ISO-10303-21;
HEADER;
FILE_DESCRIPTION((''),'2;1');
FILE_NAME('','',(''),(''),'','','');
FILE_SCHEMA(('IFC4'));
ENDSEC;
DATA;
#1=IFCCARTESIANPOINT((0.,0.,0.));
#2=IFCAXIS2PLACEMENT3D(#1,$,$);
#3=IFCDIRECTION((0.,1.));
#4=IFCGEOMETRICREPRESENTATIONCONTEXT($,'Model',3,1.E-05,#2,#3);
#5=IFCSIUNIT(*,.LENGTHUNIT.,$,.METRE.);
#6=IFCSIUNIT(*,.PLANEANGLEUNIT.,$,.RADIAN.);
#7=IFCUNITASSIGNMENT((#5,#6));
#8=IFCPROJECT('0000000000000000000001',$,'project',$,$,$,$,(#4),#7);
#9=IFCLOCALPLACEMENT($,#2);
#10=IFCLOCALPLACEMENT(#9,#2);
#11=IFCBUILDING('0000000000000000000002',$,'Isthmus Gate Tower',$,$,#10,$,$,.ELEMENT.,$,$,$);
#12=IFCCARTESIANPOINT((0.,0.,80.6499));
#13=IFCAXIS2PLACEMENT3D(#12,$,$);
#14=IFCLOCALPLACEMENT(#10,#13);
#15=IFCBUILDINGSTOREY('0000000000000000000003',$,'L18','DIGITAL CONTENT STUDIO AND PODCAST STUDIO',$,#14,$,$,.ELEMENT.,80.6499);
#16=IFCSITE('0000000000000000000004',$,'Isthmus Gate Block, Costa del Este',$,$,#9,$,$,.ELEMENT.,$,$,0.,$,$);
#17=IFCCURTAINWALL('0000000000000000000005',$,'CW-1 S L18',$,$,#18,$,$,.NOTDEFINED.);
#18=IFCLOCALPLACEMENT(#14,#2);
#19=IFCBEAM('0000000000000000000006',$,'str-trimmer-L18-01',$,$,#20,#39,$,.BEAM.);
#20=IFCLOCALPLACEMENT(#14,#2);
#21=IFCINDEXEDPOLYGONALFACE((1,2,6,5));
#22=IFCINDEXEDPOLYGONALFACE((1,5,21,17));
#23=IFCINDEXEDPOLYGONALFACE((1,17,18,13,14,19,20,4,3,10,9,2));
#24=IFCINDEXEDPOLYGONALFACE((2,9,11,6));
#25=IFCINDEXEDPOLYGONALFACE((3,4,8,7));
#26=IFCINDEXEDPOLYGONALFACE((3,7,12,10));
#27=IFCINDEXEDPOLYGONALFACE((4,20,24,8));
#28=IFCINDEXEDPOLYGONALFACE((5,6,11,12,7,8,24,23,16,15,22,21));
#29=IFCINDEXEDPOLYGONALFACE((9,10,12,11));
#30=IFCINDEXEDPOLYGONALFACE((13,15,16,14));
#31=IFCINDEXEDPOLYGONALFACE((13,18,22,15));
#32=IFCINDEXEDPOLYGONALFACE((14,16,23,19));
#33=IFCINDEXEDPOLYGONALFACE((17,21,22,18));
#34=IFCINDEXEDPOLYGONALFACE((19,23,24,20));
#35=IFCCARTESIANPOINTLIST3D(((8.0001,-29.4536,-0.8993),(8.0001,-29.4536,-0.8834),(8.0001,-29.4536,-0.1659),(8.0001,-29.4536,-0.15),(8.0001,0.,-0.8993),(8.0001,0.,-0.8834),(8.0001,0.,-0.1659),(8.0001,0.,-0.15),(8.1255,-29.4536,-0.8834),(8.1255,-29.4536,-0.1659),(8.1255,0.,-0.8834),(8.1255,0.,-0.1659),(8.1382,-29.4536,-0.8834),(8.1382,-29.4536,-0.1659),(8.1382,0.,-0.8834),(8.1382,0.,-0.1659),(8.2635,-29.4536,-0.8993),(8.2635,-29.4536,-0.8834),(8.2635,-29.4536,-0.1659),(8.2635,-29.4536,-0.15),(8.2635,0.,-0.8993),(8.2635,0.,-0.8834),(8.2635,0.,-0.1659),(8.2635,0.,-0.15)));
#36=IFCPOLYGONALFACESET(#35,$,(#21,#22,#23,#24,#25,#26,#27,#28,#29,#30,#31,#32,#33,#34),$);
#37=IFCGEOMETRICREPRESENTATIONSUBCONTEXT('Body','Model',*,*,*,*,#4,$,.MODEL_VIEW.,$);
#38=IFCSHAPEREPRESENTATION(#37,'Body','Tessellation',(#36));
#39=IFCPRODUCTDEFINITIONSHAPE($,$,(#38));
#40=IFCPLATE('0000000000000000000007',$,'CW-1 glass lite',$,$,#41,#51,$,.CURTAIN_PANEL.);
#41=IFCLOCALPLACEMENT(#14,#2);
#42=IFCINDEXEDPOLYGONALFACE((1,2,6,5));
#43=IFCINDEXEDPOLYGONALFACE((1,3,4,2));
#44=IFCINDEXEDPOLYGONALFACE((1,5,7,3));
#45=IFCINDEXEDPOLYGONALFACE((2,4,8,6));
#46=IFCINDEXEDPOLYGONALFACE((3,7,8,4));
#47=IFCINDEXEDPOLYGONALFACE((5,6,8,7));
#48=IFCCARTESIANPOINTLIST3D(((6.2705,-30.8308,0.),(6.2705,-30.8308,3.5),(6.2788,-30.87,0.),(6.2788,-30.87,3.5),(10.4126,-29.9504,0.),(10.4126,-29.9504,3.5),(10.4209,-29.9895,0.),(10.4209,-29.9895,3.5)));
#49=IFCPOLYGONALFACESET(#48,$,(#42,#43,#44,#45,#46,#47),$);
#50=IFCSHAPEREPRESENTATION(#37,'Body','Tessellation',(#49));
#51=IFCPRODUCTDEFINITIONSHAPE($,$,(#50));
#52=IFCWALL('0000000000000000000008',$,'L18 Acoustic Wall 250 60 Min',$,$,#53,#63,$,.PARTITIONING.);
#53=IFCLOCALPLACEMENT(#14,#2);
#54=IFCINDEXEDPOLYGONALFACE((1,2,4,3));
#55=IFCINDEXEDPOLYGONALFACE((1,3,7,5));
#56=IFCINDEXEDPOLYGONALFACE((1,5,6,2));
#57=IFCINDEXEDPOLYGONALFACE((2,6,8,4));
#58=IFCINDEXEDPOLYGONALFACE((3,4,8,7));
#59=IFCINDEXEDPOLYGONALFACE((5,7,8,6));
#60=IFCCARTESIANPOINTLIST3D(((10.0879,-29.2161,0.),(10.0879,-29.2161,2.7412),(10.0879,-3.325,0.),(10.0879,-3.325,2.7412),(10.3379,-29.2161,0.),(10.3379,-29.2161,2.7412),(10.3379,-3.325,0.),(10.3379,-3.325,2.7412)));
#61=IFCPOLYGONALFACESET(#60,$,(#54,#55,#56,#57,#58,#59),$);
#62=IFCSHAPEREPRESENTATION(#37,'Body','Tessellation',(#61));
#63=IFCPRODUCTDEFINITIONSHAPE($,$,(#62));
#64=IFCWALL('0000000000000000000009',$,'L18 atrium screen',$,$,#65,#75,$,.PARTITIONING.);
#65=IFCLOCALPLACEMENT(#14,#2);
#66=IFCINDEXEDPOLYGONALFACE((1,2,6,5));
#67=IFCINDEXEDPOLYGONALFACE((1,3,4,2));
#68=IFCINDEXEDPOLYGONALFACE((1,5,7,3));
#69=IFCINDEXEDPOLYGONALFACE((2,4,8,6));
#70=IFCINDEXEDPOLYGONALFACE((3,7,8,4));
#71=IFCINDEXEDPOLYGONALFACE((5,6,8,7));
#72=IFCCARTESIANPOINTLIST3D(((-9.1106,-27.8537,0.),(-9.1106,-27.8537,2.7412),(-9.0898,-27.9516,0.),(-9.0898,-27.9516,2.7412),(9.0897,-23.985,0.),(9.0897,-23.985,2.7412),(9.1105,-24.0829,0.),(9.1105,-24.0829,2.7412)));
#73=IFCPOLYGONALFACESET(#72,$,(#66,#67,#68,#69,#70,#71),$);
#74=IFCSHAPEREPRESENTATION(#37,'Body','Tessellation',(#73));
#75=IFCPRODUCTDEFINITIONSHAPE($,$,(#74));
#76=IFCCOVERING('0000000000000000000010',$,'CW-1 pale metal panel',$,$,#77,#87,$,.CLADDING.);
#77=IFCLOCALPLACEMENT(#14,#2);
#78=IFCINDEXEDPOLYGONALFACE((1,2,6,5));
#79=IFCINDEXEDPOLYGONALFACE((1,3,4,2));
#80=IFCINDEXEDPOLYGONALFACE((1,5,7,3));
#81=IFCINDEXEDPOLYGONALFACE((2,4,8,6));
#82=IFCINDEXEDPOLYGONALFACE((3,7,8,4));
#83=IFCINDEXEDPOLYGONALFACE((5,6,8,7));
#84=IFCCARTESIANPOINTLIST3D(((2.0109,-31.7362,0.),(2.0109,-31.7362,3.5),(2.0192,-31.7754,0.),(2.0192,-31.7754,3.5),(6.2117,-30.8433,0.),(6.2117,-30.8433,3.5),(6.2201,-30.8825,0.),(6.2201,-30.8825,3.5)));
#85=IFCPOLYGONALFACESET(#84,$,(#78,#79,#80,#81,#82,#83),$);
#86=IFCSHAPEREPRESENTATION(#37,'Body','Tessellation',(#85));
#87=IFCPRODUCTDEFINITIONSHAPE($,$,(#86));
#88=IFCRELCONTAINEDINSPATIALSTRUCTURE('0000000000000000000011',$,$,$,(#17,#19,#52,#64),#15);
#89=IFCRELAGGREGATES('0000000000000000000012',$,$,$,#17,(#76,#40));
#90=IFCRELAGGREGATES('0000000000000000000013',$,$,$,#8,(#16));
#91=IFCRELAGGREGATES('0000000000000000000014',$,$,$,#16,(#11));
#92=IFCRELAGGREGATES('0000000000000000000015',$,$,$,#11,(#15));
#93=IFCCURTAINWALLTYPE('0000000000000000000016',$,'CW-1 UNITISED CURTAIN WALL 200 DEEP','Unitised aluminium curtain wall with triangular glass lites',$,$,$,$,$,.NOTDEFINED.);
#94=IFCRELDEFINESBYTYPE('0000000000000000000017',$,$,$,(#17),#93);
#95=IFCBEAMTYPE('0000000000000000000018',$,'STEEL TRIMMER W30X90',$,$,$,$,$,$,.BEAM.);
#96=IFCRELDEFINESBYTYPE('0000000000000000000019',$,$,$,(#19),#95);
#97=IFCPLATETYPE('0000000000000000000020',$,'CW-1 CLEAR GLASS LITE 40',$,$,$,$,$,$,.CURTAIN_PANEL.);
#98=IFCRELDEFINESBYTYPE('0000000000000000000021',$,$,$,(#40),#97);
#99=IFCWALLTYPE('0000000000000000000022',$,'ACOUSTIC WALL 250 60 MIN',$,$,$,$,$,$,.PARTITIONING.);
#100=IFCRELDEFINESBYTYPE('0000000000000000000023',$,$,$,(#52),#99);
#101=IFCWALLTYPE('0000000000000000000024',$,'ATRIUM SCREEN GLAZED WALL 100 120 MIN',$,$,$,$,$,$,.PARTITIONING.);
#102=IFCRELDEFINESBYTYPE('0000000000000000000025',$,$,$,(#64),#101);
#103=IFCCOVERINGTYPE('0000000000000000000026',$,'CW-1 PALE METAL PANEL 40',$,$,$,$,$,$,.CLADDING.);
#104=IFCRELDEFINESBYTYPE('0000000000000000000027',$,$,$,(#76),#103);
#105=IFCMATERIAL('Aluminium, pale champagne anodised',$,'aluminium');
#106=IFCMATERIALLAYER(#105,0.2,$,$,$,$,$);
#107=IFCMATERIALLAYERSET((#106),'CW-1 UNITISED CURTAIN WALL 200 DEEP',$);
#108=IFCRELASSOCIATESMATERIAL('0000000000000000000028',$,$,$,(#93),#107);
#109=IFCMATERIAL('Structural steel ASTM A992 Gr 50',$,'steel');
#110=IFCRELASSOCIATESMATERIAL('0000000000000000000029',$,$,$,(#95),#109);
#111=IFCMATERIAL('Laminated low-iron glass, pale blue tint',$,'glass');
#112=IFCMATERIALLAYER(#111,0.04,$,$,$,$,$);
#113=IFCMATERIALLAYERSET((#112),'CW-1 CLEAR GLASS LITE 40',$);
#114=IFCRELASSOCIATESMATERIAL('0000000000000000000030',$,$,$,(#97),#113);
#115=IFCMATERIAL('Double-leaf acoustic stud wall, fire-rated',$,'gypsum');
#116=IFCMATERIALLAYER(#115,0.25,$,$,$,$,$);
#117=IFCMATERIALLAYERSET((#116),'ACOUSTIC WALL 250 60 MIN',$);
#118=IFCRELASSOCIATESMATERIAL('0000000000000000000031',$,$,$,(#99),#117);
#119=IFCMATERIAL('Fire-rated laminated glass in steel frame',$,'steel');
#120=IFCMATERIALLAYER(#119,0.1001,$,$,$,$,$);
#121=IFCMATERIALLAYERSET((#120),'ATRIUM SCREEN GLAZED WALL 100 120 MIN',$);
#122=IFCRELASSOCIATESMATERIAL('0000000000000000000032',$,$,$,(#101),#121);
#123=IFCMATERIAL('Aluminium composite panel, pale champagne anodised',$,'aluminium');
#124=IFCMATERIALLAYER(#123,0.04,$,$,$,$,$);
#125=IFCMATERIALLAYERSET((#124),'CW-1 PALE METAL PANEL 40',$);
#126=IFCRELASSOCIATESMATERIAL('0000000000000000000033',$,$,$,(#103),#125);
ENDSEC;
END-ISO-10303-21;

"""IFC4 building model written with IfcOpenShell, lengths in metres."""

from ifc_helpers import new_model, si_unit, direction, frame, frame_2d, origin, origin_2d, place, context, subcontext, project, spatial, rectangle, i_section, extrude, material, layer, layer_set, material_profile, profile_set, type_object, element, aggregate, save


model = new_model("IFC4")

# Units and contexts
model_context = context("Model", 3, precision=1e-05, world=origin(), true_north=direction((0.0, 1.0)))
body_context = subcontext(model_context, "Body", "Model", "MODEL_VIEW")
ifc_project = project(units=[si_unit("LENGTHUNIT", "METRE"), si_unit("PLANEANGLEUNIT", "RADIAN")], contexts=[model_context])

# Site, building, storey
site_placement = place(None, origin())
site = spatial("IfcSite", under=ifc_project, at=site_placement, Name="Isthmus Gate Block, Costa del Este", CompositionType="ELEMENT", RefElevation=0.0)
building_placement = place(site_placement, origin())
building = spatial("IfcBuilding", under=site, at=building_placement, Name="Isthmus Gate Tower", CompositionType="ELEMENT")
storey_placement = place(building_placement, frame((0.0, 0.0, 80.6499)))
storey = spatial("IfcBuildingStorey", under=building, at=storey_placement, Name="L18", Description="DIGITAL CONTENT STUDIO AND PODCAST STUDIO", CompositionType="ELEMENT", Elevation=80.6499)

# Curtain wall
ifc_material_1 = material(Name="Aluminium, pale champagne anodised", Category="aluminium")
ifc_layer_1 = layer(ifc_material_1, 0.2)
ifc_layer_set_1 = layer_set([ifc_layer_1], Name="CW-1 UNITISED CURTAIN WALL 200 DEEP")
curtain_wall_type = type_object("IfcCurtainWallType", Name="CW-1 UNITISED CURTAIN WALL 200 DEEP", Description="Unitised aluminium curtain wall with triangular glass lites", PredefinedType="NOTDEFINED", material=ifc_layer_set_1)
curtain_wall_placement = place(storey_placement, origin())
curtain_wall = element("IfcCurtainWall", 1, at=curtain_wall_placement, inside=storey, type_object=curtain_wall_type, Name="CW-1 S L18", PredefinedType="NOTDEFINED")

# Beam
ifc_material_2 = material(Name="Structural steel ASTM A992 Gr 50", Category="steel")
ifc_material_profile_1 = material_profile(ifc_material_2, i_section(OverallWidth=0.2634, OverallDepth=0.7493, WebThickness=0.0127, FlangeThickness=0.0159, at=origin_2d()), Name="W30X90")
ifc_profile_set_1 = profile_set([ifc_material_profile_1], Name="Structural steel ASTM A992 Gr 50")
beam_type_1 = type_object("IfcBeamType", Name="STEEL TRIMMER W30X90", PredefinedType="BEAM", material=ifc_profile_set_1)
beam_1_placement = place(storey_placement, frame((8.1318, -29.4536, -0.5247), z_axis=(0.0, 1.0, 0.0), x_axis=(-1.0, 0.0, 0.0)))
element("IfcBeam", 2, at=beam_1_placement, inside=storey, type_object=beam_type_1, Name="str-trimmer-L18-01", PredefinedType="BEAM", context=body_context, shape_type="SweptSolid", body=[
    extrude(i_section(OverallWidth=0.2634, OverallDepth=0.7493, WebThickness=0.0127, FlangeThickness=0.0159, at=origin_2d()), origin(), (0.0, 0.0, 1.0), 29.4536),
])

# Plate
ifc_material_3 = material(Name="Laminated low-iron glass, pale blue tint", Category="glass")
ifc_layer_2 = layer(ifc_material_3, 0.04)
ifc_layer_set_2 = layer_set([ifc_layer_2], Name="CW-1 CLEAR GLASS LITE 40")
plate_type = type_object("IfcPlateType", Name="CW-1 CLEAR GLASS LITE 40", PredefinedType="CURTAIN_PANEL", material=ifc_layer_set_2)
plate_placement = place(storey_placement, frame((8.3457, -30.4102, 0.0), z_axis=(0.0, 0.0, 1.0), x_axis=(0.978148, 0.207912, 0.0)))
plate = element("IfcPlate", 3, at=plate_placement, type_object=plate_type, Name="CW-1 glass lite", PredefinedType="CURTAIN_PANEL", context=body_context, shape_type="SweptSolid", body=[
    extrude(rectangle(XDim=4.2346, YDim=0.04, at=origin_2d()), origin(), (0.0, 0.0, 1.0), 3.5),
])

# Walls
ifc_material_4 = material(Name="Double-leaf acoustic stud wall, fire-rated", Category="gypsum")
ifc_layer_3 = layer(ifc_material_4, 0.25)
ifc_layer_set_3 = layer_set([ifc_layer_3], Name="ACOUSTIC WALL 250 60 MIN")
wall_type_1 = type_object("IfcWallType", Name="ACOUSTIC WALL 250 60 MIN", PredefinedType="PARTITIONING", material=ifc_layer_set_3)
wall_1_placement = place(storey_placement, frame((10.2129, -29.2161, 0.0), z_axis=(0.0, 0.0, 1.0), x_axis=(0.0, 1.0, 0.0)))
element("IfcWall", 4, at=wall_1_placement, inside=storey, type_object=wall_type_1, Name="L18 Acoustic Wall 250 60 Min", PredefinedType="PARTITIONING", context=body_context, shape_type="SweptSolid", body=[
    extrude(rectangle(XDim=25.8911, YDim=0.25, at=frame_2d((12.9456, 0.0))), origin(), (0.0, 0.0, 1.0), 2.7412),
])
ifc_material_5 = material(Name="Fire-rated laminated glass in steel frame", Category="steel")
ifc_layer_4 = layer(ifc_material_5, 0.1001)
ifc_layer_set_4 = layer_set([ifc_layer_4], Name="ATRIUM SCREEN GLAZED WALL 100 120 MIN")
wall_type_2 = type_object("IfcWallType", Name="ATRIUM SCREEN GLAZED WALL 100 120 MIN", PredefinedType="PARTITIONING", material=ifc_layer_set_4)
wall_2_placement = place(storey_placement, frame((9.1001, -24.0339, 0.0), z_axis=(0.0, 0.0, 1.0), x_axis=(-0.978147, -0.207916, 0.0)))
element("IfcWall", 5, at=wall_2_placement, inside=storey, type_object=wall_type_2, Name="L18 atrium screen", PredefinedType="PARTITIONING", context=body_context, shape_type="SweptSolid", body=[
    extrude(rectangle(XDim=18.6069, YDim=0.1001, at=frame_2d((9.3035, 0.0))), origin(), (0.0, 0.0, 1.0), 2.7412),
])

# Covering
ifc_material_6 = material(Name="Aluminium composite panel, pale champagne anodised", Category="aluminium")
ifc_layer_5 = layer(ifc_material_6, 0.04)
ifc_layer_set_5 = layer_set([ifc_layer_5], Name="CW-1 PALE METAL PANEL 40")
covering_type = type_object("IfcCoveringType", Name="CW-1 PALE METAL PANEL 40", PredefinedType="CLADDING", material=ifc_layer_set_5)
covering_placement = place(storey_placement, frame((4.1155, -31.3093, 0.0), z_axis=(0.0, 0.0, 1.0), x_axis=(0.978148, 0.207912, 0.0)))
covering = element("IfcCovering", 6, at=covering_placement, type_object=covering_type, Name="CW-1 pale metal panel", PredefinedType="CLADDING", context=body_context, shape_type="SweptSolid", body=[
    extrude(rectangle(XDim=4.2947, YDim=0.04, at=origin_2d()), origin(), (0.0, 0.0, 1.0), 3.5),
])
aggregate(curtain_wall, [covering, plate])

save(model, "model.ifc")
